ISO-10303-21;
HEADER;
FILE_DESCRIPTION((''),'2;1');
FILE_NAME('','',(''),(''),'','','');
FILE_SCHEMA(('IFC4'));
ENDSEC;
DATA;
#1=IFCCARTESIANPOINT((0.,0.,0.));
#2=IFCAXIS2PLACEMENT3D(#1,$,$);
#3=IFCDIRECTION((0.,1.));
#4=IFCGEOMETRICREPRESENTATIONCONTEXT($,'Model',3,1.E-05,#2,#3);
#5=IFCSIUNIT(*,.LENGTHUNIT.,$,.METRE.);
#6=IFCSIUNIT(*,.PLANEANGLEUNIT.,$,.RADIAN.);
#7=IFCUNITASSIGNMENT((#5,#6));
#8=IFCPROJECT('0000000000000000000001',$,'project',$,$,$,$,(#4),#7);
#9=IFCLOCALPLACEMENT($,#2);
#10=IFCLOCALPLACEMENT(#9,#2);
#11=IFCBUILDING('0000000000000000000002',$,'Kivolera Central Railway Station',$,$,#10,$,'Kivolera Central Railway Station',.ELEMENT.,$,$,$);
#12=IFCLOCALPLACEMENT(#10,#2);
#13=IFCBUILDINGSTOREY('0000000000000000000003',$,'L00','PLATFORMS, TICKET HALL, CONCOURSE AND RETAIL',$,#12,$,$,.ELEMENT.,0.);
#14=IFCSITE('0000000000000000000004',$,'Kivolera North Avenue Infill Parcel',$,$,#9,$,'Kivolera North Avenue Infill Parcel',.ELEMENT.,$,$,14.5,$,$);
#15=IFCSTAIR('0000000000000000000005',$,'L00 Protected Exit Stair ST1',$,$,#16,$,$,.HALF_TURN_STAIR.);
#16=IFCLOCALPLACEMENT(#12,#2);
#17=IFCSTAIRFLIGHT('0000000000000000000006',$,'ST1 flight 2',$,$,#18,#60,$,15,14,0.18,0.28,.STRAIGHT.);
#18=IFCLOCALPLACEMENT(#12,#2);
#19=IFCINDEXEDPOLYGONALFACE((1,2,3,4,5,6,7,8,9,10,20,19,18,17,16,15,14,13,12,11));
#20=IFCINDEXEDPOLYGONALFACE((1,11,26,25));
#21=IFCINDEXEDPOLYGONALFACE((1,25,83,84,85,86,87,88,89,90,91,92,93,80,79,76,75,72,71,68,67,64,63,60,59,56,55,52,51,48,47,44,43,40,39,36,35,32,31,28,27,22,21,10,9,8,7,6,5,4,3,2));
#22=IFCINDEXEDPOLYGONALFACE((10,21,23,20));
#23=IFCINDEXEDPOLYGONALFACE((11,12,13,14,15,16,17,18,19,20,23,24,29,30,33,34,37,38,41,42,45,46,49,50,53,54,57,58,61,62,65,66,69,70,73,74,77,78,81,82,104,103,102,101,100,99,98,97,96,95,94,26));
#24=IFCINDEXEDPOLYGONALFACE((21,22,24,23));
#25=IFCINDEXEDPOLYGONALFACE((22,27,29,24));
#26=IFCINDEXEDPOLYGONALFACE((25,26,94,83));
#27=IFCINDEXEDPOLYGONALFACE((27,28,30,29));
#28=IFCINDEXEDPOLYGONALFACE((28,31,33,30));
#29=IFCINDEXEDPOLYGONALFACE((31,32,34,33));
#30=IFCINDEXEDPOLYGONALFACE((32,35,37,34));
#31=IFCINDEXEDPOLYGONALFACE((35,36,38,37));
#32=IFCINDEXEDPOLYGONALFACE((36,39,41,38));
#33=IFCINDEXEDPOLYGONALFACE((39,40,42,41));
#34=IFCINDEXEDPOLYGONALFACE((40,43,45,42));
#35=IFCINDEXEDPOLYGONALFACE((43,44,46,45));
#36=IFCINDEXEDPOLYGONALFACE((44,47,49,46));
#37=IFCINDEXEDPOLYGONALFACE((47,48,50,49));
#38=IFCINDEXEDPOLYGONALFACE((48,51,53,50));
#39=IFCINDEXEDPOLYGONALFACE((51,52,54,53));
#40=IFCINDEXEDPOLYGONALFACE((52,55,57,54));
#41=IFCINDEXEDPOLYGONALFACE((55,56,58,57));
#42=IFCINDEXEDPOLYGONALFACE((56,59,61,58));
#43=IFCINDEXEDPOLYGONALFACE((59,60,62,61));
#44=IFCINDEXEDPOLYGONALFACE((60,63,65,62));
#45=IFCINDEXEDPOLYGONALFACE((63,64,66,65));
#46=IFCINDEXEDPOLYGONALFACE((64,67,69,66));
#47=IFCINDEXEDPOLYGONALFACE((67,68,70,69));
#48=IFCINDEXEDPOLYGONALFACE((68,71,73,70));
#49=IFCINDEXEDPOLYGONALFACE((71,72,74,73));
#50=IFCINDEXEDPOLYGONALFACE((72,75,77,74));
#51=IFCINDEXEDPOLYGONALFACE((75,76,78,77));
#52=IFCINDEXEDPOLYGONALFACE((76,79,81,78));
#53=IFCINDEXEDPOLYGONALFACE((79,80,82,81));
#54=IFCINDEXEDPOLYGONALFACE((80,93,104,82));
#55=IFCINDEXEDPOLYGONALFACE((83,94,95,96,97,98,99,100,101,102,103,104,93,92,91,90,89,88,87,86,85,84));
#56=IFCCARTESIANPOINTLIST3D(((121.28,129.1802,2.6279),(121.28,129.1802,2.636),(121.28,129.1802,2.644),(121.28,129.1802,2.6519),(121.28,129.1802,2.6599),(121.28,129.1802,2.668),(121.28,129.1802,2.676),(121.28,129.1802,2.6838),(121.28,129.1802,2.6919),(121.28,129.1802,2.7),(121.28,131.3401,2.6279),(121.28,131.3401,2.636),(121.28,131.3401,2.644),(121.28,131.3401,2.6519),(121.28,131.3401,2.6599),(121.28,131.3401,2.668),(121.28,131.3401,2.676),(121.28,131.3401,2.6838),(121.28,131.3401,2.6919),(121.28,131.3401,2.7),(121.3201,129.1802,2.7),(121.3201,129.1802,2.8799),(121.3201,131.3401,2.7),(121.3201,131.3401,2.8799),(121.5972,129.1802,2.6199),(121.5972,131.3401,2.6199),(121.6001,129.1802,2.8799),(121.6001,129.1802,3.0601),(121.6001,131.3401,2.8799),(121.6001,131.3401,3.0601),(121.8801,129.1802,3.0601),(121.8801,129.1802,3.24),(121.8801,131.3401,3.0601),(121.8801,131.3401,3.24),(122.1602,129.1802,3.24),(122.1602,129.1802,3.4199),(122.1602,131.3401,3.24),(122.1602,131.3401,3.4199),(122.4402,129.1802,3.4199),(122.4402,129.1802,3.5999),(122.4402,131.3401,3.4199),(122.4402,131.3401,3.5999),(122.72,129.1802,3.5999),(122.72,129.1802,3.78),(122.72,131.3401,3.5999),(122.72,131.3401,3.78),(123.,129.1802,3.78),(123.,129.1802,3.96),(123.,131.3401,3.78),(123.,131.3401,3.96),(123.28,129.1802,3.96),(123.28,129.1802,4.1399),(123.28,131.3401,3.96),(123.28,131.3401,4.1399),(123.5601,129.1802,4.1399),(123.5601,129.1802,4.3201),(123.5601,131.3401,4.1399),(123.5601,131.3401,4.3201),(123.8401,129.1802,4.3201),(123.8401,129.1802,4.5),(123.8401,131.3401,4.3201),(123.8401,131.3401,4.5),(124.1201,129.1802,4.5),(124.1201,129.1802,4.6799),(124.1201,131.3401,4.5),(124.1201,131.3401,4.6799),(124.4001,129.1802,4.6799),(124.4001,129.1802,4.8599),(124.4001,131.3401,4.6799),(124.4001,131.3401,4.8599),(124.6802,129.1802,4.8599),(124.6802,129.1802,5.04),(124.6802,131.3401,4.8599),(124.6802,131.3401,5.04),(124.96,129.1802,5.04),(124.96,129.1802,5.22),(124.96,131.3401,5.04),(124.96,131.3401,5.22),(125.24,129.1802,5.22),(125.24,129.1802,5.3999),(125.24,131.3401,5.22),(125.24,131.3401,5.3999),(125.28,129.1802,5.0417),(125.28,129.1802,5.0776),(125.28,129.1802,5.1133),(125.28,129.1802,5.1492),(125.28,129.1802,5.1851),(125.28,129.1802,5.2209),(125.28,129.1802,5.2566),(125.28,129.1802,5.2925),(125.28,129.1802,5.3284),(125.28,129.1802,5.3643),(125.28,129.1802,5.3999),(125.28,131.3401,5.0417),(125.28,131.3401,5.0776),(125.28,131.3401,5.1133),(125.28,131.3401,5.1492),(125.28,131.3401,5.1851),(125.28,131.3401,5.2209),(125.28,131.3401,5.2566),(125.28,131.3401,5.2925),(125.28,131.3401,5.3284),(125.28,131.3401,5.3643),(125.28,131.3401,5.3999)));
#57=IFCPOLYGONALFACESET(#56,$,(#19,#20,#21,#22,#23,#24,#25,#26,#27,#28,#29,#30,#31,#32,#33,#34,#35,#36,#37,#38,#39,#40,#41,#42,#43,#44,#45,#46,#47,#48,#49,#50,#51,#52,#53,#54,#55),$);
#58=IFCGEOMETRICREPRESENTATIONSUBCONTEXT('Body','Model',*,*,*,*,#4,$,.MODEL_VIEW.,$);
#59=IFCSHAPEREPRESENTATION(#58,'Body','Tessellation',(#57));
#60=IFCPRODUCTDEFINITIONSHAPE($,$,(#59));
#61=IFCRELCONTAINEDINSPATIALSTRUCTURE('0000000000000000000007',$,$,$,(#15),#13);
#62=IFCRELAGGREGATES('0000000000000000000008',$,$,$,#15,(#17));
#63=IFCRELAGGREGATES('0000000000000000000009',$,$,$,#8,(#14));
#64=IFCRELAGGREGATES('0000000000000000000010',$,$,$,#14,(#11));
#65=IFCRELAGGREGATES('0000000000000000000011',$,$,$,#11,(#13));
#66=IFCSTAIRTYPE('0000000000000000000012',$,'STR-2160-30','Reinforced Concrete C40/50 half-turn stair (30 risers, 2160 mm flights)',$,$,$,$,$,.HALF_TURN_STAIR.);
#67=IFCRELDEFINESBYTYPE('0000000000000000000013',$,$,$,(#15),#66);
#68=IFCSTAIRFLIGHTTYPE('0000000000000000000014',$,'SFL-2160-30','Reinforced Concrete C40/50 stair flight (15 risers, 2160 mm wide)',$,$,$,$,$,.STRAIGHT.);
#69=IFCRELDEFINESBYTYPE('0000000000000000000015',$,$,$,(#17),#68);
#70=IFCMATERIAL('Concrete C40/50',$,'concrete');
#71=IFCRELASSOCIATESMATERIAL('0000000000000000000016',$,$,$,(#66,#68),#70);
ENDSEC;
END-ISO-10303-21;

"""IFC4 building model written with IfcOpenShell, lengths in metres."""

from ifc_helpers import new_model, si_unit, direction, frame, origin, place, context, subcontext, project, spatial, polyline, outline, extrude, material, type_object, element, aggregate, save


model = new_model("IFC4")

# Units and contexts
model_context = context("Model", 3, precision=1e-05, world=origin(), true_north=direction((0.0, 1.0)))
body_context = subcontext(model_context, "Body", "Model", "MODEL_VIEW")
ifc_project = project(units=[si_unit("LENGTHUNIT", "METRE"), si_unit("PLANEANGLEUNIT", "RADIAN")], contexts=[model_context])

# Site, building, storey
site_placement = place(None, origin())
site = spatial("IfcSite", under=ifc_project, at=site_placement, Name="Kivolera North Avenue Infill Parcel", LongName="Kivolera North Avenue Infill Parcel", CompositionType="ELEMENT", RefElevation=14.5)
building_placement = place(site_placement, origin())
building = spatial("IfcBuilding", under=site, at=building_placement, Name="Kivolera Central Railway Station", LongName="Kivolera Central Railway Station", CompositionType="ELEMENT")
storey_placement = place(building_placement, origin())
storey = spatial("IfcBuildingStorey", under=building, at=storey_placement, Name="L00", Description="PLATFORMS, TICKET HALL, CONCOURSE AND RETAIL", CompositionType="ELEMENT", Elevation=0.0)

# Shared definitions
ifc_material_1 = material(Name="Concrete C40/50", Category="concrete")

# Stair, stair flight
stair_type = type_object("IfcStairType", Name="STR-2160-30", Description="Reinforced Concrete C40/50 half-turn stair (30 risers, 2160 mm flights)", PredefinedType="HALF_TURN_STAIR", material=ifc_material_1)
stair_placement = place(storey_placement, origin())
stair = element("IfcStair", 1, at=stair_placement, inside=storey, type_object=stair_type, Name="L00 Protected Exit Stair ST1", PredefinedType="HALF_TURN_STAIR")
stair_flight_type = type_object("IfcStairFlightType", Name="SFL-2160-30", Description="Reinforced Concrete C40/50 stair flight (15 risers, 2160 mm wide)", PredefinedType="STRAIGHT", material=ifc_material_1)
stair_flight_placement = place(storey_placement, frame((121.3201, 130.26, 2.7), z_axis=(0.0, 0.0, 1.0), x_axis=(1.0, 0.0, 0.0)))
stair_flight = element("IfcStairFlight", 2, at=stair_flight_placement, type_object=stair_flight_type, Name="ST1 flight 2", NumberOfRisers=15, NumberOfTreads=14, PredefinedType="STRAIGHT", RiserHeight=0.18, TreadLength=0.28, context=body_context, shape_type="SweptSolid", body=[
    extrude(outline(polyline([(-0.04, 0.0), (0.0, 0.0), (0.0, 0.1799), (0.28, 0.1799), (0.28, 0.3601), (0.5601, 0.3601), (0.5601, 0.54), (0.8401, 0.54), (0.8401, 0.72), (1.1201, 0.72), (1.1201, 0.8999), (1.3999, 0.8999), (1.3999, 1.0801), (1.6799, 1.0801), (1.6799, 1.26), (1.96, 1.26), (1.96, 1.4399), (2.24, 1.4399), (2.24, 1.6201), (2.52, 1.6201), (2.52, 1.8), (2.8, 1.8), (2.8, 1.98), (3.0801, 1.98), (3.0801, 2.1599), (3.3601, 2.1599), (3.3601, 2.3401), (3.6399, 2.3401), (3.6399, 2.52), (3.9199, 2.52), (3.9199, 2.7), (3.96, 2.7), (3.96, 2.6643), (3.96, 2.6284), (3.96, 2.5925), (3.96, 2.5566), (3.96, 2.521), (3.96, 2.4851), (3.96, 2.4492), (3.96, 2.4133), (3.96, 2.3777), (3.96, 2.3418), (0.2771, -0.0801), (-0.04, -0.072), (-0.04, -0.064), (-0.04, -0.0559), (-0.04, -0.0481), (-0.04, -0.04), (-0.04, -0.032), (-0.04, -0.0239), (-0.04, -0.0161), (-0.04, -0.0081), (-0.04, 0.0)])), frame((0.0, 1.0801, 0.0), z_axis=(0.0, -1.0, 0.0), x_axis=(1.0, 0.0, 0.0)), (0.0, 0.0, 1.0), 2.1599),
])
aggregate(stair, [stair_flight])

save(model, "model.ifc")
